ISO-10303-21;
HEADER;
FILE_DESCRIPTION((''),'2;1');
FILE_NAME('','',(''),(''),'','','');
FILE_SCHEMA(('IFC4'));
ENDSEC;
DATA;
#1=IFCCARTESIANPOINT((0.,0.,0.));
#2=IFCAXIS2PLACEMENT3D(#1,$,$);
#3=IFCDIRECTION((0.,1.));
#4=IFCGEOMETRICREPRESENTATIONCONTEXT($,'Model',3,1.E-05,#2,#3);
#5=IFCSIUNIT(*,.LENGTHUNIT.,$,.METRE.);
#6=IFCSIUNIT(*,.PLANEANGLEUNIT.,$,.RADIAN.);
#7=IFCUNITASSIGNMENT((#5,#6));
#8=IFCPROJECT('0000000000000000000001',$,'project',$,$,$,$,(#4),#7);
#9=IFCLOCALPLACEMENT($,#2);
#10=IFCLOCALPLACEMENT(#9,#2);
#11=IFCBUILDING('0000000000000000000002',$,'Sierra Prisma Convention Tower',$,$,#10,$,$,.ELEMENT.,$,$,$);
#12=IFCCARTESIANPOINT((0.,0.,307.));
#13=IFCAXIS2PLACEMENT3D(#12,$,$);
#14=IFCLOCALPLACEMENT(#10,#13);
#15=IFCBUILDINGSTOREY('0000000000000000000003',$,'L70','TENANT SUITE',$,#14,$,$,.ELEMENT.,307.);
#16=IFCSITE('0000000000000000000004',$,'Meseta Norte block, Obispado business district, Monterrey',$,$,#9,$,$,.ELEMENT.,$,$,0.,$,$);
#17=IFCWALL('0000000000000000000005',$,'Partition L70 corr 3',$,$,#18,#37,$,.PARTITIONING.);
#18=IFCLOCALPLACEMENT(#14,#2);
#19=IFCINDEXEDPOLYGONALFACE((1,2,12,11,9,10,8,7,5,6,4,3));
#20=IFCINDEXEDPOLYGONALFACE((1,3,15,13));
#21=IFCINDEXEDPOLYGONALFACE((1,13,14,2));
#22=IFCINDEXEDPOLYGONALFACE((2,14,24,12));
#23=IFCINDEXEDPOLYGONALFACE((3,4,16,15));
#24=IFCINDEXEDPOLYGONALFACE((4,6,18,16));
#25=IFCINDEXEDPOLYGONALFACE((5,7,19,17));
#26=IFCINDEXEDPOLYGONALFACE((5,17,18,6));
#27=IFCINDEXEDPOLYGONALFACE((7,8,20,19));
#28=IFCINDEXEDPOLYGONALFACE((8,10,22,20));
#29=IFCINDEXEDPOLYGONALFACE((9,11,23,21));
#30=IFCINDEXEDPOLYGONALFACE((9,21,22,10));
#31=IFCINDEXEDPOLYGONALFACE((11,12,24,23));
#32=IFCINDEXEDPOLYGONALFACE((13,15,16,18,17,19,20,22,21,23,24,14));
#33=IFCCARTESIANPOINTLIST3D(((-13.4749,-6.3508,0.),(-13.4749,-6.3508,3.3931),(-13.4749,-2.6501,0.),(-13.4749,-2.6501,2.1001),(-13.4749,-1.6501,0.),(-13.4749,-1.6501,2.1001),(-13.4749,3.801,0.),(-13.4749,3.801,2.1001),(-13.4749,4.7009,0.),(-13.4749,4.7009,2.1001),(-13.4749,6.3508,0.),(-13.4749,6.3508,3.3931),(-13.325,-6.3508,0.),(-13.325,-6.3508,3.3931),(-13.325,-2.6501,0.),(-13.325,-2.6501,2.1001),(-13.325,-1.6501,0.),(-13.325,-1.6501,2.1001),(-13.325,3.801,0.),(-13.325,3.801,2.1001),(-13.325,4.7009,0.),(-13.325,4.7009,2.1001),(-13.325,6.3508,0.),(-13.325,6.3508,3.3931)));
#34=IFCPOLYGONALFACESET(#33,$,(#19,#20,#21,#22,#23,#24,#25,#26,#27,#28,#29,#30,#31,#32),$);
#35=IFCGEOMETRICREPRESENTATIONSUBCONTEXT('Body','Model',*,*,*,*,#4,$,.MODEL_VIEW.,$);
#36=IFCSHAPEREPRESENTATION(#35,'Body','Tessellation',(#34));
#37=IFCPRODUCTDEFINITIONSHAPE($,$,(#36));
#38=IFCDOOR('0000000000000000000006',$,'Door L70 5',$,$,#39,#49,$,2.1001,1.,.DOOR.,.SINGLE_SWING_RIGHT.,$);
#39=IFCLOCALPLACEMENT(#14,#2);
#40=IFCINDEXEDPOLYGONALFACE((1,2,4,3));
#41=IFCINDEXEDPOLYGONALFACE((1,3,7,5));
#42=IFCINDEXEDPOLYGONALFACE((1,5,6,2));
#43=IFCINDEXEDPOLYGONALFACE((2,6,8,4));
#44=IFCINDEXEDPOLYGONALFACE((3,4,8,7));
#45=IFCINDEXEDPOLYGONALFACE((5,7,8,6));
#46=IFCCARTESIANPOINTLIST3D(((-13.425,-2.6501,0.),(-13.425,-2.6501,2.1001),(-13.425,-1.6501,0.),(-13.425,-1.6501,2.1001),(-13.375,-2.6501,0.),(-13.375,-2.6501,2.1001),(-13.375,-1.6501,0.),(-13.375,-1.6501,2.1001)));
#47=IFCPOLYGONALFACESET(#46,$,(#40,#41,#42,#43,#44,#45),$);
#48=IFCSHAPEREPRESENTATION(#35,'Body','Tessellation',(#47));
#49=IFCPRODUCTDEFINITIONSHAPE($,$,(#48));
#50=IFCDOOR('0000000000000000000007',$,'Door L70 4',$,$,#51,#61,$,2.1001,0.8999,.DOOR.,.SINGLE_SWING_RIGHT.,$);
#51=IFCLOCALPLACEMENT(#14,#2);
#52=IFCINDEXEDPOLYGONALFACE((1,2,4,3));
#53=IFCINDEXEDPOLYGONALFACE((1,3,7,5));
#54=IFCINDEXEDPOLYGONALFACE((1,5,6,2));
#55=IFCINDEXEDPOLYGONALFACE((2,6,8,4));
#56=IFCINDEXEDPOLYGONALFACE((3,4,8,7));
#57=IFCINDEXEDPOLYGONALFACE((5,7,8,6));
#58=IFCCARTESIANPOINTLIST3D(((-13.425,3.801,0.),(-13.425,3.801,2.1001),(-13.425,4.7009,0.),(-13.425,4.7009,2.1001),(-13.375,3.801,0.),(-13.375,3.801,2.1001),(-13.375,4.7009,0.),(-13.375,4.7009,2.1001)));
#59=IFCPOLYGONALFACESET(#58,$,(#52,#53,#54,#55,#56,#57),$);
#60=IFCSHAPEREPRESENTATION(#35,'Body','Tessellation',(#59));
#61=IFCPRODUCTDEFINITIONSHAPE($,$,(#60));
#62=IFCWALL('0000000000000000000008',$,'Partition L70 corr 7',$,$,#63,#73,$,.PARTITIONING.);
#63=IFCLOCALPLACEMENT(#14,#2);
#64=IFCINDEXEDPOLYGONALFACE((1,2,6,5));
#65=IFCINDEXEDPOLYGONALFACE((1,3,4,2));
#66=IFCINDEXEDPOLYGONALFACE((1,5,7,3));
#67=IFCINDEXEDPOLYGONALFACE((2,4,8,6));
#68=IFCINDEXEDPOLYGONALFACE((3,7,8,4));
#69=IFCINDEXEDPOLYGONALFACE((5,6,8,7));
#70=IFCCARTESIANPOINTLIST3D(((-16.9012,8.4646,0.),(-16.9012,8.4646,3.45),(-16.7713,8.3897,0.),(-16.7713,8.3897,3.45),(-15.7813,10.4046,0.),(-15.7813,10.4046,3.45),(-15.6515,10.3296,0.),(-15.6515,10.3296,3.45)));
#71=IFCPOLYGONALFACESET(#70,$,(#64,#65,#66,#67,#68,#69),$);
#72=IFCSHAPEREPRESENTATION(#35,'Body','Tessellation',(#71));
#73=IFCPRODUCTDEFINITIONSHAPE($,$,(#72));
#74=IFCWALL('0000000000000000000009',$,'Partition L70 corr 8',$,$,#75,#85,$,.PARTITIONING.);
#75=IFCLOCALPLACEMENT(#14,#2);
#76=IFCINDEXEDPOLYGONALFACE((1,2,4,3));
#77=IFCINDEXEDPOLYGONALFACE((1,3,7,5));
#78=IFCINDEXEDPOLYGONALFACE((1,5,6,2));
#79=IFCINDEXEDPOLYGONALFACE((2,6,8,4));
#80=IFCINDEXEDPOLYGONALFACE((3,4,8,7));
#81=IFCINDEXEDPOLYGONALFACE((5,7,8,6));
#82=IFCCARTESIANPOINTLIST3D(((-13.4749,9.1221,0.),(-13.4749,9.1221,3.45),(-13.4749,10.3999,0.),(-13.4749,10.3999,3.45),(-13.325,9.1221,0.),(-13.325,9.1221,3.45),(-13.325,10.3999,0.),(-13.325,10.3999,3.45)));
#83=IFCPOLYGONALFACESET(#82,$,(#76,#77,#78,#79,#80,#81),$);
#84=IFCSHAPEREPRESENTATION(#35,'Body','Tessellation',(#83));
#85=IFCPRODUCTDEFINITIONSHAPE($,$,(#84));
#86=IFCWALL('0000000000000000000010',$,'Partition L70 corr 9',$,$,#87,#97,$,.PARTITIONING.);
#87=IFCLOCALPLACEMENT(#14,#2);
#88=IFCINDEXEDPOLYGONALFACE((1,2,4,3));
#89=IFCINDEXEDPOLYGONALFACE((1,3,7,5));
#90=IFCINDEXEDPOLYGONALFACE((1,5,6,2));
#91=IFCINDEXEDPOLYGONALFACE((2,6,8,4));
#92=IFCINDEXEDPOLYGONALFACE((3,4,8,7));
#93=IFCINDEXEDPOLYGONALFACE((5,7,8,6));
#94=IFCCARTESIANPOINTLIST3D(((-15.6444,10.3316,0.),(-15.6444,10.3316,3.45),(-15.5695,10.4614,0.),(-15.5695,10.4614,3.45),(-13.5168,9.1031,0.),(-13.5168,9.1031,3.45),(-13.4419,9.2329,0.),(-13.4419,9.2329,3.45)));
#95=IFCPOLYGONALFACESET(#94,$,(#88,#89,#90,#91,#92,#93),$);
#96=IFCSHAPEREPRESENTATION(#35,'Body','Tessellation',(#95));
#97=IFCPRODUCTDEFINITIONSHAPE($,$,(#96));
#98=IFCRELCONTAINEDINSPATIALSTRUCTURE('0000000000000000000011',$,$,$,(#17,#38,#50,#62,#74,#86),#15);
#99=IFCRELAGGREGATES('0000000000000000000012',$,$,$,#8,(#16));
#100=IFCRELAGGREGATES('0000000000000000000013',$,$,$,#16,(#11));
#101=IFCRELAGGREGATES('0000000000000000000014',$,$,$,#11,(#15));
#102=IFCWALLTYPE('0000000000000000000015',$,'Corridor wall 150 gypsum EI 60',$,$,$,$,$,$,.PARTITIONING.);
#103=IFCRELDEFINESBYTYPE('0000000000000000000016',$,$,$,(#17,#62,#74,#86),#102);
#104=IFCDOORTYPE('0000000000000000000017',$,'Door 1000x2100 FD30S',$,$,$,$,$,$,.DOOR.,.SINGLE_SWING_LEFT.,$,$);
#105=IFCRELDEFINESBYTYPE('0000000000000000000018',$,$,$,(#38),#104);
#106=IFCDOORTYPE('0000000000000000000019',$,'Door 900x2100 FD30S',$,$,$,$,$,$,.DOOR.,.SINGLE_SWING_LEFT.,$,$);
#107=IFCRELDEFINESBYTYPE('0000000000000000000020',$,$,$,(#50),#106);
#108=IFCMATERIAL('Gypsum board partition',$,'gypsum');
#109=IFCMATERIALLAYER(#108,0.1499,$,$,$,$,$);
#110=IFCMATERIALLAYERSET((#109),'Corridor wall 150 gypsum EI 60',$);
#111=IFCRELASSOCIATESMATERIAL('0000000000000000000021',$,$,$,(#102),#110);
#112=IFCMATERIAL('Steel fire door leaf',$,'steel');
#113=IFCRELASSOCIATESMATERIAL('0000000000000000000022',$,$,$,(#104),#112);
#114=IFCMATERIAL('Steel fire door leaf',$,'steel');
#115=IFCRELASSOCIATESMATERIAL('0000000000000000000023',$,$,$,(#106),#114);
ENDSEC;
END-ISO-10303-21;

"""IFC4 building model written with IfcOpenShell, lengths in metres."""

from ifc_helpers import new_model, si_unit, direction, frame, frame_2d, origin, place, context, subcontext, project, spatial, rectangle, extrude, material, layer, layer_set, type_object, element, fill, save


model = new_model("IFC4")

# Units and contexts
model_context = context("Model", 3, precision=1e-05, world=origin(), true_north=direction((0.0, 1.0)))
body_context = subcontext(model_context, "Body", "Model", "MODEL_VIEW")
ifc_project = project(units=[si_unit("LENGTHUNIT", "METRE"), si_unit("PLANEANGLEUNIT", "RADIAN")], contexts=[model_context])

# Site, building, storey
site_placement = place(None, origin())
site = spatial("IfcSite", under=ifc_project, at=site_placement, Name="Meseta Norte block, Obispado business district, Monterrey", CompositionType="ELEMENT", RefElevation=0.0)
building_placement = place(site_placement, origin())
building = spatial("IfcBuilding", under=site, at=building_placement, Name="Sierra Prisma Convention Tower", CompositionType="ELEMENT")
storey_placement = place(building_placement, frame((0.0, 0.0, 307.0)))
storey = spatial("IfcBuildingStorey", under=building, at=storey_placement, Name="L70", Description="TENANT SUITE", CompositionType="ELEMENT", Elevation=307.0)

# Shared definitions
ifc_material_1 = material(Name="Gypsum board partition", Category="gypsum")
ifc_layer_1 = layer(ifc_material_1, 0.1499)
ifc_layer_set_1 = layer_set([ifc_layer_1], Name="Corridor wall 150 gypsum EI 60")
wall_type_1 = type_object("IfcWallType", Name="Corridor wall 150 gypsum EI 60", PredefinedType="PARTITIONING", material=ifc_layer_set_1)

# Wall, openings, doors
wall_1_placement = place(storey_placement, frame((-13.3999, 6.3508, 0.0), z_axis=(0.0, 0.0, 1.0), x_axis=(0.0, -1.0, 0.0)))
wall_1 = element("IfcWall", 1, at=wall_1_placement, inside=storey, type_object=wall_type_1, Name="Partition L70 corr 3", PredefinedType="PARTITIONING", context=body_context, shape_type="SweptSolid", body=[
    extrude(rectangle(XDim=12.7017, YDim=0.1499, at=frame_2d((6.3508, 0.0))), origin(), (0.0, 0.0, 1.0), 3.3931),
])
opening_1_placement = place(wall_1_placement, frame((1.6499, 0.0, 0.0)))
opening_1 = element("IfcOpeningElement", 2, at=opening_1_placement, cuts=wall_1, PredefinedType="OPENING", context=body_context, shape_type="SweptSolid", body=[
    extrude(rectangle(XDim=0.8999, YDim=2.1001, at=frame_2d((0.45, 1.05))), frame((0.0, 0.075, 0.0), z_axis=(0.0, -1.0, 0.0), x_axis=(1.0, 0.0, 0.0)), (0.0, 0.0, 1.0), 0.1499),
])
opening_2_placement = place(wall_1_placement, frame((8.001, 0.0, 0.0)))
opening_2 = element("IfcOpeningElement", 3, at=opening_2_placement, cuts=wall_1, PredefinedType="OPENING", context=body_context, shape_type="SweptSolid", body=[
    extrude(rectangle(XDim=1.0, YDim=2.1001, at=frame_2d((0.5, 1.05))), frame((0.0, 0.075, 0.0), z_axis=(0.0, -1.0, 0.0), x_axis=(1.0, 0.0, 0.0)), (0.0, 0.0, 1.0), 0.1499),
])
ifc_material_2 = material(Name="Steel fire door leaf", Category="steel")
door_type_1 = type_object("IfcDoorType", Name="Door 1000x2100 FD30S", OperationType="SINGLE_SWING_LEFT", PredefinedType="DOOR", material=ifc_material_2)
door_1_placement = place(opening_2_placement, origin())
door_1 = element("IfcDoor", 4, at=door_1_placement, inside=storey, type_object=door_type_1, Name="Door L70 5", OperationType="SINGLE_SWING_RIGHT", OverallHeight=2.1001, OverallWidth=1.0, PredefinedType="DOOR", context=body_context, shape_type="SweptSolid", body=[
    extrude(rectangle(XDim=1.0, YDim=2.1001, at=frame_2d((0.5, 1.05))), frame((0.0, 0.0249, 0.0), z_axis=(0.0, -1.0, 0.0), x_axis=(1.0, 0.0, 0.0)), (0.0, 0.0, 1.0), 0.05),
])
fill(opening_2, door_1)
ifc_material_3 = material(Name="Steel fire door leaf", Category="steel")
door_type_2 = type_object("IfcDoorType", Name="Door 900x2100 FD30S", OperationType="SINGLE_SWING_LEFT", PredefinedType="DOOR", material=ifc_material_3)
door_2_placement = place(opening_1_placement, origin())
door_2 = element("IfcDoor", 5, at=door_2_placement, inside=storey, type_object=door_type_2, Name="Door L70 4", OperationType="SINGLE_SWING_RIGHT", OverallHeight=2.1001, OverallWidth=0.8999, PredefinedType="DOOR", context=body_context, shape_type="SweptSolid", body=[
    extrude(rectangle(XDim=0.8999, YDim=2.1001, at=frame_2d((0.45, 1.05))), frame((0.0, 0.0249, 0.0), z_axis=(0.0, -1.0, 0.0), x_axis=(1.0, 0.0, 0.0)), (0.0, 0.0, 1.0), 0.05),
])
fill(opening_1, door_2)

# Walls
wall_2_placement = place(storey_placement, frame((-15.7163, 10.3672, 0.0), z_axis=(0.0, 0.0, 1.0), x_axis=(-0.499949, -0.866055, 0.0)))
element("IfcWall", 6, at=wall_2_placement, inside=storey, type_object=wall_type_1, Name="Partition L70 corr 7", PredefinedType="PARTITIONING", context=body_context, shape_type="SweptSolid", body=[
    extrude(rectangle(XDim=2.24, YDim=0.1499, at=frame_2d((1.1201, 0.0))), origin(), (0.0, 0.0, 1.0), 3.45),
])
wall_3_placement = place(storey_placement, frame((-13.3999, 10.3999, 0.0), z_axis=(0.0, 0.0, 1.0), x_axis=(0.0, -1.0, 0.0)))
element("IfcWall", 7, at=wall_3_placement, inside=storey, type_object=wall_type_1, Name="Partition L70 corr 8", PredefinedType="PARTITIONING", context=body_context, shape_type="SweptSolid", body=[
    extrude(rectangle(XDim=1.2778, YDim=0.1499, at=frame_2d((0.6389, 0.0))), origin(), (0.0, 0.0, 1.0), 3.45),
])
wall_4_placement = place(storey_placement, frame((-13.4792, 9.168, 0.0), z_axis=(0.0, 0.0, 1.0), x_axis=(-0.866009, 0.500029, 0.0)))
element("IfcWall", 8, at=wall_4_placement, inside=storey, type_object=wall_type_1, Name="Partition L70 corr 9", PredefinedType="PARTITIONING", context=body_context, shape_type="SweptSolid", body=[
    extrude(rectangle(XDim=2.4568, YDim=0.1499, at=frame_2d((1.2285, 0.0))), origin(), (0.0, 0.0, 1.0), 3.45),
])

save(model, "model.ifc")
